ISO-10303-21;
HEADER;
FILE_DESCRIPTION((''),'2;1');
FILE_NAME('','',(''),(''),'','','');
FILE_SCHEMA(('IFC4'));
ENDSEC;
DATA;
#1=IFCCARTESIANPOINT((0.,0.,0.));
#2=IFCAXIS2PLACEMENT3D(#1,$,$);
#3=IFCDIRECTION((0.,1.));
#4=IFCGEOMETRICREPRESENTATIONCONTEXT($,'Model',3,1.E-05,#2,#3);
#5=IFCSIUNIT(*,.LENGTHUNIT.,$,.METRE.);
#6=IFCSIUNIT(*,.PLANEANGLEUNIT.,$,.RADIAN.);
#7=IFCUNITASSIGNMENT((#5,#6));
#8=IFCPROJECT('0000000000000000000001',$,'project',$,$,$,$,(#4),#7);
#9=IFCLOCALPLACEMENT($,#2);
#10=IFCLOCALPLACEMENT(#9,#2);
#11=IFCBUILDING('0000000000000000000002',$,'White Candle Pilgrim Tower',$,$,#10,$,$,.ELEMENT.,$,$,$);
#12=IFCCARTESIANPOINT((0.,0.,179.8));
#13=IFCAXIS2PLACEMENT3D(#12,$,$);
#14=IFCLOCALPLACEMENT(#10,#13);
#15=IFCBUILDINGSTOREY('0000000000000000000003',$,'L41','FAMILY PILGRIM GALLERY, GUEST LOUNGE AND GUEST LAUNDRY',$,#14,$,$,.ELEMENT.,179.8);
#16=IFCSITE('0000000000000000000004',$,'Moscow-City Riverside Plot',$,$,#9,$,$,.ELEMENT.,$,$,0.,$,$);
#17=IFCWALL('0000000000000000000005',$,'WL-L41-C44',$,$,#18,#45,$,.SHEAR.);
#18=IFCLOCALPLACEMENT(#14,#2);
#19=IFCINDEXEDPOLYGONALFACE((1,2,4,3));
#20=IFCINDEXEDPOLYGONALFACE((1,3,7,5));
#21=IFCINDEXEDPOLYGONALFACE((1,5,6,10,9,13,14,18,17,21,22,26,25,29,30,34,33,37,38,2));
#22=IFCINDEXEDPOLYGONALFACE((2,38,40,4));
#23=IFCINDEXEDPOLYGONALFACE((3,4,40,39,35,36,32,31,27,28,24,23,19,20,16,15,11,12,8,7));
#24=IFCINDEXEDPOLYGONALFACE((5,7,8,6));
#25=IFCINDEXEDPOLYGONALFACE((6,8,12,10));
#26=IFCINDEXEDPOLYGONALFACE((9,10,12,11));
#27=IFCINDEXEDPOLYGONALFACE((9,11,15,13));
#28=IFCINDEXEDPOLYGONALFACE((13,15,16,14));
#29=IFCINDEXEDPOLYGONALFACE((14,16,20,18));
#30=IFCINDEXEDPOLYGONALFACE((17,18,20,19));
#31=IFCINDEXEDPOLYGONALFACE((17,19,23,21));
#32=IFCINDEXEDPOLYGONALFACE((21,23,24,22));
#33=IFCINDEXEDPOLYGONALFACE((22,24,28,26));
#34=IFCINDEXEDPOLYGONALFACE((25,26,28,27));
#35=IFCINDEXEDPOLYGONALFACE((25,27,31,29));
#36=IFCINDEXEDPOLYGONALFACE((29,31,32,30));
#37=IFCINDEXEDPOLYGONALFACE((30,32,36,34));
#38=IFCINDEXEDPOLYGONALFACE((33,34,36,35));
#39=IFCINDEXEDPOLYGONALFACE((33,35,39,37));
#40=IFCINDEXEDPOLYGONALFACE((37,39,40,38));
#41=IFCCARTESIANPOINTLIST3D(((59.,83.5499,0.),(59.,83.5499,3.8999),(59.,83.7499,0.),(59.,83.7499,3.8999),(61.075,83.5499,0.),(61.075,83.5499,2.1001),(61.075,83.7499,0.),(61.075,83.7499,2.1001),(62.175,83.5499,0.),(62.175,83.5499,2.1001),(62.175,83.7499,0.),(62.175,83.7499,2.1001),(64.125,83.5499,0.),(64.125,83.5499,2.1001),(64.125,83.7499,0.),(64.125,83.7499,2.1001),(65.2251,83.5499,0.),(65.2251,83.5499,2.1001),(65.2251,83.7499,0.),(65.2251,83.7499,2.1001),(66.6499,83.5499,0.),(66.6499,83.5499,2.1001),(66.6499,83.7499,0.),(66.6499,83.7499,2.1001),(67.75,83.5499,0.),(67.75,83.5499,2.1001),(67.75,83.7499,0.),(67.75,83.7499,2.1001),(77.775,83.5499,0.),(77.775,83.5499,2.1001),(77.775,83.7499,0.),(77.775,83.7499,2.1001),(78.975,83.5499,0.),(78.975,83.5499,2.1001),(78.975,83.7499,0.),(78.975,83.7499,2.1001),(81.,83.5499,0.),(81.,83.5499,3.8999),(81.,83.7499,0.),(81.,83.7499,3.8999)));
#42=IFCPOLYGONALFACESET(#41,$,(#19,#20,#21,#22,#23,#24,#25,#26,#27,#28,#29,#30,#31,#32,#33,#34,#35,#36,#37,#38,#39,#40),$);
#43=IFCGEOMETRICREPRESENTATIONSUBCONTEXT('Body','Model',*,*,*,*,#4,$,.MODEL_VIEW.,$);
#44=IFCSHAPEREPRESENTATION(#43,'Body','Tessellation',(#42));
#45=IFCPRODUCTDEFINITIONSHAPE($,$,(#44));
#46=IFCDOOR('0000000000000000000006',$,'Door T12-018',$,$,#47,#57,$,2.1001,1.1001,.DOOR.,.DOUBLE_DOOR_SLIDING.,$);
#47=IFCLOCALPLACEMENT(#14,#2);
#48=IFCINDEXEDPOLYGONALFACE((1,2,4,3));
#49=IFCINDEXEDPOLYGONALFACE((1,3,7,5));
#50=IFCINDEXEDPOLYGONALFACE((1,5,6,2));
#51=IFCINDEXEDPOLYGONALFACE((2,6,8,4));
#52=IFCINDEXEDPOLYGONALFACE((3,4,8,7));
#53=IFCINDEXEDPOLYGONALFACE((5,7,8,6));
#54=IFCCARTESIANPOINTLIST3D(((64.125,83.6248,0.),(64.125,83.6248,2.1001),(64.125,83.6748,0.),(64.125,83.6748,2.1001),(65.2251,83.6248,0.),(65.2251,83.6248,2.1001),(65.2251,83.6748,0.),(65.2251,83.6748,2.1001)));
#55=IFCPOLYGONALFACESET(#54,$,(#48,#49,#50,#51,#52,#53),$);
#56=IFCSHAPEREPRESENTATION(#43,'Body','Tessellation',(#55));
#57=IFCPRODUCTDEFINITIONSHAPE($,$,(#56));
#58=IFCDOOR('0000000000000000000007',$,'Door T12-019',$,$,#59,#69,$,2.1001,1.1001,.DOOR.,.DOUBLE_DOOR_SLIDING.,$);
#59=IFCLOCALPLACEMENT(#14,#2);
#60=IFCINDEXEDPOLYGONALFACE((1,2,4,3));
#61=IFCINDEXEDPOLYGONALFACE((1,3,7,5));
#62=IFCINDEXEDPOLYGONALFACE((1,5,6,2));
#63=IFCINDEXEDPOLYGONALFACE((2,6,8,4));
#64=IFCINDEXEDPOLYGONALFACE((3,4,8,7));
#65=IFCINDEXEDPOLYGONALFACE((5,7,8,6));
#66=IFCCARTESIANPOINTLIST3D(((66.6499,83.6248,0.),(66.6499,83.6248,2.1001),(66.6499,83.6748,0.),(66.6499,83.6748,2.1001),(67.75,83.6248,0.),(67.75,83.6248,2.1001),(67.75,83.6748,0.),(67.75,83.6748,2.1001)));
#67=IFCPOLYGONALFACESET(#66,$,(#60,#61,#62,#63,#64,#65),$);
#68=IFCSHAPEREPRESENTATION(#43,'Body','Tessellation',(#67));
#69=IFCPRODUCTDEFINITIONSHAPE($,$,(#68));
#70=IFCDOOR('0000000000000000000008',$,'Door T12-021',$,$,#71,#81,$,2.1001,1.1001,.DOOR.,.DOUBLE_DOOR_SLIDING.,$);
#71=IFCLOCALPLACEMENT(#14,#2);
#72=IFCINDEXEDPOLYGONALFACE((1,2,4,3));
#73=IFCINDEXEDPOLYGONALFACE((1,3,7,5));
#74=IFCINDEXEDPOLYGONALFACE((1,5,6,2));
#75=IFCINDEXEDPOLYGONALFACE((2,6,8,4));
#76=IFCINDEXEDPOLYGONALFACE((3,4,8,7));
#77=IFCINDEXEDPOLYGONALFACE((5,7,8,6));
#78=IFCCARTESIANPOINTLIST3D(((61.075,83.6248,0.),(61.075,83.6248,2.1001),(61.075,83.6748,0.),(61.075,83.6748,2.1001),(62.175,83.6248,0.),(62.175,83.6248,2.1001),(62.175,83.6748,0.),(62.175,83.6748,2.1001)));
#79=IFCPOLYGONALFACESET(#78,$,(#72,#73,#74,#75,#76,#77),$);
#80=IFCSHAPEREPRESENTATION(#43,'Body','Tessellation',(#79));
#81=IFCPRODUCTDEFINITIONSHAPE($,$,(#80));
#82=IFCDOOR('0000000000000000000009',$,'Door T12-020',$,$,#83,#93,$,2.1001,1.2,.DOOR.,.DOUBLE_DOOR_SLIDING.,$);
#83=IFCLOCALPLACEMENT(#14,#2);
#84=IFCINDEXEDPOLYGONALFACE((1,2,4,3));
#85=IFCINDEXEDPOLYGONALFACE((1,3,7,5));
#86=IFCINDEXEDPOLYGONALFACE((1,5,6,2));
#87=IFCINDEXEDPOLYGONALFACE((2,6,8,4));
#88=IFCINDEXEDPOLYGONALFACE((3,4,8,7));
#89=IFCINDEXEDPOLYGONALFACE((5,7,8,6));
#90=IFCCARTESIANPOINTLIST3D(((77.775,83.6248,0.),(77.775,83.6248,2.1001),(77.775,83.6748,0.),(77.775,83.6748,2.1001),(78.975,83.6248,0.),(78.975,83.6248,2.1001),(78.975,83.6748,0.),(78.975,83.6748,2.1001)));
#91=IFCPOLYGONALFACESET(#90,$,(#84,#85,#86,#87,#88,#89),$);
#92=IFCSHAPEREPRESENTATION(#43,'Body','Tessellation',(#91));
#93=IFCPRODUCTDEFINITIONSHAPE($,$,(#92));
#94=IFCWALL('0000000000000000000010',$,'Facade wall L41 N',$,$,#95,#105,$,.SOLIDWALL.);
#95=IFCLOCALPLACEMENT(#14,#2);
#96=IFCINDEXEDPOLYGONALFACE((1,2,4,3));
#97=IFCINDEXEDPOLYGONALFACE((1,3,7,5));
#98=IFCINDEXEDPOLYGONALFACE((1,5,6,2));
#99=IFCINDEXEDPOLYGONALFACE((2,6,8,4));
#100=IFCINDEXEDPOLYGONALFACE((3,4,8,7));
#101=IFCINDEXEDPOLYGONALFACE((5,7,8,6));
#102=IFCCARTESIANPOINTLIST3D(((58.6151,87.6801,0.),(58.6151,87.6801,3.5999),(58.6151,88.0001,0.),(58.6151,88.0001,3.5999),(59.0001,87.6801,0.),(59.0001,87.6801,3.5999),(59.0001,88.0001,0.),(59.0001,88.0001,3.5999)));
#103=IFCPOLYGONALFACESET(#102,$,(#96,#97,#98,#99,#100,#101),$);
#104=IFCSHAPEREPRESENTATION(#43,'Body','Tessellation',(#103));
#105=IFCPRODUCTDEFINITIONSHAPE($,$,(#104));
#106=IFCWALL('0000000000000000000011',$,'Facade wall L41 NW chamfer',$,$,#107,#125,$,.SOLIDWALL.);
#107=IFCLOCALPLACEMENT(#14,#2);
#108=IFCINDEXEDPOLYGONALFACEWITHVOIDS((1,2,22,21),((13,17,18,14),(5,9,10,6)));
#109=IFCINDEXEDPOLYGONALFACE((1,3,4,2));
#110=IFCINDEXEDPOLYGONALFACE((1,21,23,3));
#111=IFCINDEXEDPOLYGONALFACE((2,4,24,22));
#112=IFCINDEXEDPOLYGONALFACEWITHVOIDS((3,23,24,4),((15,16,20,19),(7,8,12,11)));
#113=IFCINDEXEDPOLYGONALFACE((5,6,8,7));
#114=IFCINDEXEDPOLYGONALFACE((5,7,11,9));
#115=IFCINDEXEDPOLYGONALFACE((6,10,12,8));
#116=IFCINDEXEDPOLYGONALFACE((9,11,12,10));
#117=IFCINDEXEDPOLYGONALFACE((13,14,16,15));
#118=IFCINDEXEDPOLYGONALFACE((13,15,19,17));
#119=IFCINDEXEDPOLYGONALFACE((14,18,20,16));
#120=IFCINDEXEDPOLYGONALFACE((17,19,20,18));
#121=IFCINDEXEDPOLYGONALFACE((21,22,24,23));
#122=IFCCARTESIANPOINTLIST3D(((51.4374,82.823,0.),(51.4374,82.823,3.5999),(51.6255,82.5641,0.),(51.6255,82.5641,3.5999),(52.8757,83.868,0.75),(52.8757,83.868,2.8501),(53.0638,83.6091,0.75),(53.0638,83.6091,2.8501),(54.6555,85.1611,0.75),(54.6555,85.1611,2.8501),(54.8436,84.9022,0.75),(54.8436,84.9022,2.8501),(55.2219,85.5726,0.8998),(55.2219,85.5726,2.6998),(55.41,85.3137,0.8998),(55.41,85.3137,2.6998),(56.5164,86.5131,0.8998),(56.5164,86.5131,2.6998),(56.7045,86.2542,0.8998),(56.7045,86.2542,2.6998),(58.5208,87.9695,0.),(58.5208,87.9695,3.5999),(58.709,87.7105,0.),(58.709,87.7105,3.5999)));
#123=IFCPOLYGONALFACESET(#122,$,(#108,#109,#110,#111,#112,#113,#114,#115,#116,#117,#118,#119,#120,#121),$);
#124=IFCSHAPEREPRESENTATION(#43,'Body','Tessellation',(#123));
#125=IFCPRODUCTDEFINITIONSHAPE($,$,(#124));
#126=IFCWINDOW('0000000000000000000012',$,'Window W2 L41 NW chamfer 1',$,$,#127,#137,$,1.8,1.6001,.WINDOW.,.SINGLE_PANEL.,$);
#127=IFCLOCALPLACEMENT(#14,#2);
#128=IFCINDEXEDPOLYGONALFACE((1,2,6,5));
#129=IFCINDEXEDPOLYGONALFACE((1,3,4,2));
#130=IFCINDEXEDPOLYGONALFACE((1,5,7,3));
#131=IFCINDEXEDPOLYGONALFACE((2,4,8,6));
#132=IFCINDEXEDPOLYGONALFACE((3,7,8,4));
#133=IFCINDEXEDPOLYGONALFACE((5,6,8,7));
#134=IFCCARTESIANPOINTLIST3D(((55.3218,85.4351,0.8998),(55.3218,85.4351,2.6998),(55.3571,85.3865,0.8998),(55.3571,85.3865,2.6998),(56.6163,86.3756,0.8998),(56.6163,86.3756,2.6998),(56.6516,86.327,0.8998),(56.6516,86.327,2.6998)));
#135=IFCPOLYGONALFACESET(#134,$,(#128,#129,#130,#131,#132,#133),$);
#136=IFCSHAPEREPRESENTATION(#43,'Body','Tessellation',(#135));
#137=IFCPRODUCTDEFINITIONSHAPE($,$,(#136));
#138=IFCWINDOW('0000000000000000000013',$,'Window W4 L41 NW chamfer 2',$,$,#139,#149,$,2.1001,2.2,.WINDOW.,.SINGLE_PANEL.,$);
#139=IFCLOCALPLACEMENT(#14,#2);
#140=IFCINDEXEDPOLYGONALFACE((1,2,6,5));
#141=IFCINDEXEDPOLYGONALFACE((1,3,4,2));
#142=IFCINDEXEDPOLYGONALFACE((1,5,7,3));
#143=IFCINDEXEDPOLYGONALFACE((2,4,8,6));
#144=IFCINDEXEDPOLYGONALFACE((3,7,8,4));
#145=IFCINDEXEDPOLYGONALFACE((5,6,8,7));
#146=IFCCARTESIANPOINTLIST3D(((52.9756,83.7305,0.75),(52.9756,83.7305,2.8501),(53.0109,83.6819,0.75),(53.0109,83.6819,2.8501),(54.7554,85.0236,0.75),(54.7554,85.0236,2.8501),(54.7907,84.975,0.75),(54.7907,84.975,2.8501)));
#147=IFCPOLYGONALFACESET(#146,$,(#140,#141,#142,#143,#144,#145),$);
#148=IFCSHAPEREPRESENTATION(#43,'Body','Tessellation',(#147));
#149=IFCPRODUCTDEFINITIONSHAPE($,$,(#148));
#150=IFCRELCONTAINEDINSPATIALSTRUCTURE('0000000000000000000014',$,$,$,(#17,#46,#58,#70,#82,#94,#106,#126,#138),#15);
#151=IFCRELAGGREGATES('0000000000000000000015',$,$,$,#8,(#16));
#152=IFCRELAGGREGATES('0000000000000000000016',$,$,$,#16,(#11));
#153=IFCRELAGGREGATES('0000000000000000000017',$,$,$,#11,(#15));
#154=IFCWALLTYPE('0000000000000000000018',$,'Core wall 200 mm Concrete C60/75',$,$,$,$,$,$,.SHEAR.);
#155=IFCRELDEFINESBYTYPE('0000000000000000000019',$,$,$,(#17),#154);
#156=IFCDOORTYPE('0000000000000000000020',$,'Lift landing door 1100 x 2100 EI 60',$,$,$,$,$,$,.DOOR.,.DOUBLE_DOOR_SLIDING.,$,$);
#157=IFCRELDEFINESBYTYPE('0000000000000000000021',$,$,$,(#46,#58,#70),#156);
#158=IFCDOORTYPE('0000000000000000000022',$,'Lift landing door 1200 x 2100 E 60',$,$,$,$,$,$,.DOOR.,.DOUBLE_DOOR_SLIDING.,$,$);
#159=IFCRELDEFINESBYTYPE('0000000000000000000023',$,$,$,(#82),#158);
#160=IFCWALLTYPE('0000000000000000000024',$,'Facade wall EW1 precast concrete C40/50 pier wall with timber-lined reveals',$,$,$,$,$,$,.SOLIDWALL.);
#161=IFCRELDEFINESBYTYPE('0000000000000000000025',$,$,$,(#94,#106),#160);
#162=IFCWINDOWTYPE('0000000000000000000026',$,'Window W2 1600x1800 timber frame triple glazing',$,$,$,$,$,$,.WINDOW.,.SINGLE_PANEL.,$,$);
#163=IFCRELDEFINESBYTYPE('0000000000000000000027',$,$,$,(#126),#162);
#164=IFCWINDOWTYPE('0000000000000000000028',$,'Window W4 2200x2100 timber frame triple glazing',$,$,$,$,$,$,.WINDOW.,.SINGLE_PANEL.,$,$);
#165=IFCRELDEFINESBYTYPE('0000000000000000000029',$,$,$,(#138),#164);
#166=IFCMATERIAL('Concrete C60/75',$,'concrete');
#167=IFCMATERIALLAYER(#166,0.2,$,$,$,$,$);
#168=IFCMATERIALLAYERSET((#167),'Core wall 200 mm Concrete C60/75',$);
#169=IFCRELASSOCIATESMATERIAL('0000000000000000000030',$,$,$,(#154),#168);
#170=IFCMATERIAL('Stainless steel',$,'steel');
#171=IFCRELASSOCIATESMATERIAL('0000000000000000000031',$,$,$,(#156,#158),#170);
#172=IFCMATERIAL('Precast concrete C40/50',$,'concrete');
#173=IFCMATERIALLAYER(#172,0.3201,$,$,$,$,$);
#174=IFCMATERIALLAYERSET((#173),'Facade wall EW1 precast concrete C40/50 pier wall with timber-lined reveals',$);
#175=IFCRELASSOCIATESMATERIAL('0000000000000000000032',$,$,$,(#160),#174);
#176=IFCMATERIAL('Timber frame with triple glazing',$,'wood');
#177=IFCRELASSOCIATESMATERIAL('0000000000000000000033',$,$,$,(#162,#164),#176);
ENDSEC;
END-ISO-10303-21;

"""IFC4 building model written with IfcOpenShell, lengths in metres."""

from ifc_helpers import new_model, si_unit, direction, frame, frame_2d, origin, place, context, subcontext, project, spatial, rectangle, extrude, material, layer, layer_set, type_object, element, fill, save


model = new_model("IFC4")

# Units and contexts
model_context = context("Model", 3, precision=1e-05, world=origin(), true_north=direction((0.0, 1.0)))
body_context = subcontext(model_context, "Body", "Model", "MODEL_VIEW")
ifc_project = project(units=[si_unit("LENGTHUNIT", "METRE"), si_unit("PLANEANGLEUNIT", "RADIAN")], contexts=[model_context])

# Site, building, storey
site_placement = place(None, origin())
site = spatial("IfcSite", under=ifc_project, at=site_placement, Name="Moscow-City Riverside Plot", CompositionType="ELEMENT", RefElevation=0.0)
building_placement = place(site_placement, origin())
building = spatial("IfcBuilding", under=site, at=building_placement, Name="White Candle Pilgrim Tower", CompositionType="ELEMENT")
storey_placement = place(building_placement, frame((0.0, 0.0, 179.8)))
storey = spatial("IfcBuildingStorey", under=building, at=storey_placement, Name="L41", Description="FAMILY PILGRIM GALLERY, GUEST LOUNGE AND GUEST LAUNDRY", CompositionType="ELEMENT", Elevation=179.8)

# Shared definitions
ifc_material_1 = material(Name="Concrete C60/75", Category="concrete")
ifc_layer_1 = layer(ifc_material_1, 0.2)
ifc_layer_set_1 = layer_set([ifc_layer_1], Name="Core wall 200 mm Concrete C60/75")
wall_type_1 = type_object("IfcWallType", Name="Core wall 200 mm Concrete C60/75", PredefinedType="SHEAR", material=ifc_layer_set_1)

# Wall, openings, doors
wall_1_placement = place(storey_placement, frame((59.0, 83.6499, 0.0), z_axis=(0.0, 0.0, 1.0), x_axis=(1.0, 0.0, 0.0)))
wall_1 = element("IfcWall", 1, at=wall_1_placement, inside=storey, type_object=wall_type_1, Name="WL-L41-C44", PredefinedType="SHEAR", context=body_context, shape_type="SweptSolid", body=[
    extrude(rectangle(XDim=22.0, YDim=0.2, at=frame_2d((11.0, 0.0))), origin(), (0.0, 0.0, 1.0), 3.8999),
])
opening_1_placement = place(wall_1_placement, frame((5.125, 0.0, 0.0)))
opening_1 = element("IfcOpeningElement", 2, at=opening_1_placement, cuts=wall_1, PredefinedType="OPENING", context=body_context, shape_type="SweptSolid", body=[
    extrude(rectangle(XDim=1.1001, YDim=2.1001, at=frame_2d((0.55, 1.05))), frame((0.0, 0.1099, 0.0), z_axis=(0.0, -1.0, 0.0), x_axis=(1.0, 0.0, 0.0)), (0.0, 0.0, 1.0), 0.22),
])
opening_2_placement = place(wall_1_placement, frame((7.6499, 0.0, 0.0)))
opening_2 = element("IfcOpeningElement", 3, at=opening_2_placement, cuts=wall_1, PredefinedType="OPENING", context=body_context, shape_type="SweptSolid", body=[
    extrude(rectangle(XDim=1.1001, YDim=2.1001, at=frame_2d((0.55, 1.05))), frame((0.0, 0.1099, 0.0), z_axis=(0.0, -1.0, 0.0), x_axis=(1.0, 0.0, 0.0)), (0.0, 0.0, 1.0), 0.22),
])
opening_3_placement = place(wall_1_placement, frame((18.7749, 0.0, 0.0)))
opening_3 = element("IfcOpeningElement", 4, at=opening_3_placement, cuts=wall_1, PredefinedType="OPENING", context=body_context, shape_type="SweptSolid", body=[
    extrude(rectangle(XDim=1.2, YDim=2.1001, at=frame_2d((0.6001, 1.05))), frame((0.0, 0.1099, 0.0), z_axis=(0.0, -1.0, 0.0), x_axis=(1.0, 0.0, 0.0)), (0.0, 0.0, 1.0), 0.22),
])
opening_4_placement = place(wall_1_placement, frame((2.075, 0.0, 0.0)))
opening_4 = element("IfcOpeningElement", 5, at=opening_4_placement, cuts=wall_1, PredefinedType="OPENING", context=body_context, shape_type="SweptSolid", body=[
    extrude(rectangle(XDim=1.1001, YDim=2.1001, at=frame_2d((0.55, 1.05))), frame((0.0, 0.1099, 0.0), z_axis=(0.0, -1.0, 0.0), x_axis=(1.0, 0.0, 0.0)), (0.0, 0.0, 1.0), 0.22),
])
ifc_material_2 = material(Name="Stainless steel", Category="steel")
door_type_1 = type_object("IfcDoorType", Name="Lift landing door 1100 x 2100 EI 60", OperationType="DOUBLE_DOOR_SLIDING", PredefinedType="DOOR", material=ifc_material_2)
door_1_placement = place(opening_1_placement, origin())
door_1 = element("IfcDoor", 6, at=door_1_placement, inside=storey, type_object=door_type_1, Name="Door T12-018", OperationType="DOUBLE_DOOR_SLIDING", OverallHeight=2.1001, OverallWidth=1.1001, PredefinedType="DOOR", context=body_context, shape_type="SweptSolid", body=[
    extrude(rectangle(XDim=1.1001, YDim=2.1001, at=frame_2d((0.55, 1.05))), frame((0.0, 0.0249, 0.0), z_axis=(0.0, -1.0, 0.0), x_axis=(1.0, 0.0, 0.0)), (0.0, 0.0, 1.0), 0.05),
])
fill(opening_1, door_1)
door_2_placement = place(opening_2_placement, origin())
door_2 = element("IfcDoor", 7, at=door_2_placement, inside=storey, type_object=door_type_1, Name="Door T12-019", OperationType="DOUBLE_DOOR_SLIDING", OverallHeight=2.1001, OverallWidth=1.1001, PredefinedType="DOOR", context=body_context, shape_type="SweptSolid", body=[
    extrude(rectangle(XDim=1.1001, YDim=2.1001, at=frame_2d((0.55, 1.05))), frame((0.0, 0.0249, 0.0), z_axis=(0.0, -1.0, 0.0), x_axis=(1.0, 0.0, 0.0)), (0.0, 0.0, 1.0), 0.05),
])
fill(opening_2, door_2)
door_3_placement = place(opening_4_placement, origin())
door_3 = element("IfcDoor", 8, at=door_3_placement, inside=storey, type_object=door_type_1, Name="Door T12-021", OperationType="DOUBLE_DOOR_SLIDING", OverallHeight=2.1001, OverallWidth=1.1001, PredefinedType="DOOR", context=body_context, shape_type="SweptSolid", body=[
    extrude(rectangle(XDim=1.1001, YDim=2.1001, at=frame_2d((0.55, 1.05))), frame((0.0, 0.0249, 0.0), z_axis=(0.0, -1.0, 0.0), x_axis=(1.0, 0.0, 0.0)), (0.0, 0.0, 1.0), 0.05),
])
fill(opening_4, door_3)
door_type_2 = type_object("IfcDoorType", Name="Lift landing door 1200 x 2100 E 60", OperationType="DOUBLE_DOOR_SLIDING", PredefinedType="DOOR", material=ifc_material_2)
door_4_placement = place(opening_3_placement, origin())
door_4 = element("IfcDoor", 9, at=door_4_placement, inside=storey, type_object=door_type_2, Name="Door T12-020", OperationType="DOUBLE_DOOR_SLIDING", OverallHeight=2.1001, OverallWidth=1.2, PredefinedType="DOOR", context=body_context, shape_type="SweptSolid", body=[
    extrude(rectangle(XDim=1.2, YDim=2.1001, at=frame_2d((0.6001, 1.05))), frame((0.0, 0.0249, 0.0), z_axis=(0.0, -1.0, 0.0), x_axis=(1.0, 0.0, 0.0)), (0.0, 0.0, 1.0), 0.05),
])
fill(opening_3, door_4)

# Wall
ifc_material_3 = material(Name="Precast concrete C40/50", Category="concrete")
ifc_layer_2 = layer(ifc_material_3, 0.3201)
ifc_layer_set_2 = layer_set([ifc_layer_2], Name="Facade wall EW1 precast concrete C40/50 pier wall with timber-lined reveals")
wall_type_2 = type_object("IfcWallType", Name="Facade wall EW1 precast concrete C40/50 pier wall with timber-lined reveals", PredefinedType="SOLIDWALL", material=ifc_layer_set_2)
wall_2_placement = place(storey_placement, frame((59.0, 87.8401, 0.0), z_axis=(0.0, 0.0, 1.0), x_axis=(-1.0, 0.0, 0.0)))
element("IfcWall", 10, at=wall_2_placement, inside=storey, type_object=wall_type_2, Name="Facade wall L41 N", PredefinedType="SOLIDWALL", context=body_context, shape_type="SweptSolid", body=[
    extrude(rectangle(XDim=0.385, YDim=0.3201, at=frame_2d((0.1924, 0.0))), origin(), (0.0, 0.0, 1.0), 3.5999),
])

# Wall, openings, windows
wall_3_placement = place(storey_placement, frame((58.615, 87.8401, 0.0), z_axis=(0.0, 0.0, 1.0), x_axis=(-0.809016, -0.587787, 0.0)))
wall_3 = element("IfcWall", 11, at=wall_3_placement, inside=storey, type_object=wall_type_2, Name="Facade wall L41 NW chamfer", PredefinedType="SOLIDWALL", context=body_context, shape_type="SweptSolid", body=[
    extrude(rectangle(XDim=8.7556, YDim=0.3201, at=frame_2d((4.3779, 0.0))), origin(), (0.0, 0.0, 1.0), 3.5999),
])
opening_5_placement = place(wall_3_placement, frame((2.4778, 0.0, 0.8999)))
opening_5 = element("IfcOpeningElement", 12, at=opening_5_placement, cuts=wall_3, PredefinedType="OPENING", context=body_context, shape_type="SweptSolid", body=[
    extrude(rectangle(XDim=1.6001, YDim=1.8, at=frame_2d((0.8, 0.8999))), frame((0.0, 0.1699, 0.0), z_axis=(0.0, -1.0, 0.0), x_axis=(1.0, 0.0, 0.0)), (0.0, 0.0, 1.0), 0.3401),
])
opening_6_placement = place(wall_3_placement, frame((4.7778, 0.0, 0.75)))
opening_6 = element("IfcOpeningElement", 13, at=opening_6_placement, cuts=wall_3, PredefinedType="OPENING", context=body_context, shape_type="SweptSolid", body=[
    extrude(rectangle(XDim=2.2, YDim=2.1001, at=frame_2d((1.1001, 1.05))), frame((0.0, 0.1699, 0.0), z_axis=(0.0, -1.0, 0.0), x_axis=(1.0, 0.0, 0.0)), (0.0, 0.0, 1.0), 0.3401),
])
ifc_material_4 = material(Name="Timber frame with triple glazing", Category="wood")
window_type_1 = type_object("IfcWindowType", Name="Window W2 1600x1800 timber frame triple glazing", PartitioningType="SINGLE_PANEL", PredefinedType="WINDOW", material=ifc_material_4)
window_1_placement = place(opening_5_placement, origin())
window_1 = element("IfcWindow", 14, at=window_1_placement, inside=storey, type_object=window_type_1, Name="Window W2 L41 NW chamfer 1", OverallHeight=1.8, OverallWidth=1.6001, PartitioningType="SINGLE_PANEL", PredefinedType="WINDOW", context=body_context, shape_type="SweptSolid", body=[
    extrude(rectangle(XDim=1.6001, YDim=1.8, at=frame_2d((0.8, 0.8999))), frame((0.0, 0.0701, 0.0), z_axis=(0.0, -1.0, 0.0), x_axis=(1.0, 0.0, 0.0)), (0.0, 0.0, 1.0), 0.0601),
])
fill(opening_5, window_1)
window_type_2 = type_object("IfcWindowType", Name="Window W4 2200x2100 timber frame triple glazing", PartitioningType="SINGLE_PANEL", PredefinedType="WINDOW", material=ifc_material_4)
window_2_placement = place(opening_6_placement, origin())
window_2 = element("IfcWindow", 15, at=window_2_placement, inside=storey, type_object=window_type_2, Name="Window W4 L41 NW chamfer 2", OverallHeight=2.1001, OverallWidth=2.2, PartitioningType="SINGLE_PANEL", PredefinedType="WINDOW", context=body_context, shape_type="SweptSolid", body=[
    extrude(rectangle(XDim=2.2, YDim=2.1001, at=frame_2d((1.1001, 1.05))), frame((0.0, 0.0701, 0.0), z_axis=(0.0, -1.0, 0.0), x_axis=(1.0, 0.0, 0.0)), (0.0, 0.0, 1.0), 0.0601),
])
fill(opening_6, window_2)

save(model, "model.ifc")
